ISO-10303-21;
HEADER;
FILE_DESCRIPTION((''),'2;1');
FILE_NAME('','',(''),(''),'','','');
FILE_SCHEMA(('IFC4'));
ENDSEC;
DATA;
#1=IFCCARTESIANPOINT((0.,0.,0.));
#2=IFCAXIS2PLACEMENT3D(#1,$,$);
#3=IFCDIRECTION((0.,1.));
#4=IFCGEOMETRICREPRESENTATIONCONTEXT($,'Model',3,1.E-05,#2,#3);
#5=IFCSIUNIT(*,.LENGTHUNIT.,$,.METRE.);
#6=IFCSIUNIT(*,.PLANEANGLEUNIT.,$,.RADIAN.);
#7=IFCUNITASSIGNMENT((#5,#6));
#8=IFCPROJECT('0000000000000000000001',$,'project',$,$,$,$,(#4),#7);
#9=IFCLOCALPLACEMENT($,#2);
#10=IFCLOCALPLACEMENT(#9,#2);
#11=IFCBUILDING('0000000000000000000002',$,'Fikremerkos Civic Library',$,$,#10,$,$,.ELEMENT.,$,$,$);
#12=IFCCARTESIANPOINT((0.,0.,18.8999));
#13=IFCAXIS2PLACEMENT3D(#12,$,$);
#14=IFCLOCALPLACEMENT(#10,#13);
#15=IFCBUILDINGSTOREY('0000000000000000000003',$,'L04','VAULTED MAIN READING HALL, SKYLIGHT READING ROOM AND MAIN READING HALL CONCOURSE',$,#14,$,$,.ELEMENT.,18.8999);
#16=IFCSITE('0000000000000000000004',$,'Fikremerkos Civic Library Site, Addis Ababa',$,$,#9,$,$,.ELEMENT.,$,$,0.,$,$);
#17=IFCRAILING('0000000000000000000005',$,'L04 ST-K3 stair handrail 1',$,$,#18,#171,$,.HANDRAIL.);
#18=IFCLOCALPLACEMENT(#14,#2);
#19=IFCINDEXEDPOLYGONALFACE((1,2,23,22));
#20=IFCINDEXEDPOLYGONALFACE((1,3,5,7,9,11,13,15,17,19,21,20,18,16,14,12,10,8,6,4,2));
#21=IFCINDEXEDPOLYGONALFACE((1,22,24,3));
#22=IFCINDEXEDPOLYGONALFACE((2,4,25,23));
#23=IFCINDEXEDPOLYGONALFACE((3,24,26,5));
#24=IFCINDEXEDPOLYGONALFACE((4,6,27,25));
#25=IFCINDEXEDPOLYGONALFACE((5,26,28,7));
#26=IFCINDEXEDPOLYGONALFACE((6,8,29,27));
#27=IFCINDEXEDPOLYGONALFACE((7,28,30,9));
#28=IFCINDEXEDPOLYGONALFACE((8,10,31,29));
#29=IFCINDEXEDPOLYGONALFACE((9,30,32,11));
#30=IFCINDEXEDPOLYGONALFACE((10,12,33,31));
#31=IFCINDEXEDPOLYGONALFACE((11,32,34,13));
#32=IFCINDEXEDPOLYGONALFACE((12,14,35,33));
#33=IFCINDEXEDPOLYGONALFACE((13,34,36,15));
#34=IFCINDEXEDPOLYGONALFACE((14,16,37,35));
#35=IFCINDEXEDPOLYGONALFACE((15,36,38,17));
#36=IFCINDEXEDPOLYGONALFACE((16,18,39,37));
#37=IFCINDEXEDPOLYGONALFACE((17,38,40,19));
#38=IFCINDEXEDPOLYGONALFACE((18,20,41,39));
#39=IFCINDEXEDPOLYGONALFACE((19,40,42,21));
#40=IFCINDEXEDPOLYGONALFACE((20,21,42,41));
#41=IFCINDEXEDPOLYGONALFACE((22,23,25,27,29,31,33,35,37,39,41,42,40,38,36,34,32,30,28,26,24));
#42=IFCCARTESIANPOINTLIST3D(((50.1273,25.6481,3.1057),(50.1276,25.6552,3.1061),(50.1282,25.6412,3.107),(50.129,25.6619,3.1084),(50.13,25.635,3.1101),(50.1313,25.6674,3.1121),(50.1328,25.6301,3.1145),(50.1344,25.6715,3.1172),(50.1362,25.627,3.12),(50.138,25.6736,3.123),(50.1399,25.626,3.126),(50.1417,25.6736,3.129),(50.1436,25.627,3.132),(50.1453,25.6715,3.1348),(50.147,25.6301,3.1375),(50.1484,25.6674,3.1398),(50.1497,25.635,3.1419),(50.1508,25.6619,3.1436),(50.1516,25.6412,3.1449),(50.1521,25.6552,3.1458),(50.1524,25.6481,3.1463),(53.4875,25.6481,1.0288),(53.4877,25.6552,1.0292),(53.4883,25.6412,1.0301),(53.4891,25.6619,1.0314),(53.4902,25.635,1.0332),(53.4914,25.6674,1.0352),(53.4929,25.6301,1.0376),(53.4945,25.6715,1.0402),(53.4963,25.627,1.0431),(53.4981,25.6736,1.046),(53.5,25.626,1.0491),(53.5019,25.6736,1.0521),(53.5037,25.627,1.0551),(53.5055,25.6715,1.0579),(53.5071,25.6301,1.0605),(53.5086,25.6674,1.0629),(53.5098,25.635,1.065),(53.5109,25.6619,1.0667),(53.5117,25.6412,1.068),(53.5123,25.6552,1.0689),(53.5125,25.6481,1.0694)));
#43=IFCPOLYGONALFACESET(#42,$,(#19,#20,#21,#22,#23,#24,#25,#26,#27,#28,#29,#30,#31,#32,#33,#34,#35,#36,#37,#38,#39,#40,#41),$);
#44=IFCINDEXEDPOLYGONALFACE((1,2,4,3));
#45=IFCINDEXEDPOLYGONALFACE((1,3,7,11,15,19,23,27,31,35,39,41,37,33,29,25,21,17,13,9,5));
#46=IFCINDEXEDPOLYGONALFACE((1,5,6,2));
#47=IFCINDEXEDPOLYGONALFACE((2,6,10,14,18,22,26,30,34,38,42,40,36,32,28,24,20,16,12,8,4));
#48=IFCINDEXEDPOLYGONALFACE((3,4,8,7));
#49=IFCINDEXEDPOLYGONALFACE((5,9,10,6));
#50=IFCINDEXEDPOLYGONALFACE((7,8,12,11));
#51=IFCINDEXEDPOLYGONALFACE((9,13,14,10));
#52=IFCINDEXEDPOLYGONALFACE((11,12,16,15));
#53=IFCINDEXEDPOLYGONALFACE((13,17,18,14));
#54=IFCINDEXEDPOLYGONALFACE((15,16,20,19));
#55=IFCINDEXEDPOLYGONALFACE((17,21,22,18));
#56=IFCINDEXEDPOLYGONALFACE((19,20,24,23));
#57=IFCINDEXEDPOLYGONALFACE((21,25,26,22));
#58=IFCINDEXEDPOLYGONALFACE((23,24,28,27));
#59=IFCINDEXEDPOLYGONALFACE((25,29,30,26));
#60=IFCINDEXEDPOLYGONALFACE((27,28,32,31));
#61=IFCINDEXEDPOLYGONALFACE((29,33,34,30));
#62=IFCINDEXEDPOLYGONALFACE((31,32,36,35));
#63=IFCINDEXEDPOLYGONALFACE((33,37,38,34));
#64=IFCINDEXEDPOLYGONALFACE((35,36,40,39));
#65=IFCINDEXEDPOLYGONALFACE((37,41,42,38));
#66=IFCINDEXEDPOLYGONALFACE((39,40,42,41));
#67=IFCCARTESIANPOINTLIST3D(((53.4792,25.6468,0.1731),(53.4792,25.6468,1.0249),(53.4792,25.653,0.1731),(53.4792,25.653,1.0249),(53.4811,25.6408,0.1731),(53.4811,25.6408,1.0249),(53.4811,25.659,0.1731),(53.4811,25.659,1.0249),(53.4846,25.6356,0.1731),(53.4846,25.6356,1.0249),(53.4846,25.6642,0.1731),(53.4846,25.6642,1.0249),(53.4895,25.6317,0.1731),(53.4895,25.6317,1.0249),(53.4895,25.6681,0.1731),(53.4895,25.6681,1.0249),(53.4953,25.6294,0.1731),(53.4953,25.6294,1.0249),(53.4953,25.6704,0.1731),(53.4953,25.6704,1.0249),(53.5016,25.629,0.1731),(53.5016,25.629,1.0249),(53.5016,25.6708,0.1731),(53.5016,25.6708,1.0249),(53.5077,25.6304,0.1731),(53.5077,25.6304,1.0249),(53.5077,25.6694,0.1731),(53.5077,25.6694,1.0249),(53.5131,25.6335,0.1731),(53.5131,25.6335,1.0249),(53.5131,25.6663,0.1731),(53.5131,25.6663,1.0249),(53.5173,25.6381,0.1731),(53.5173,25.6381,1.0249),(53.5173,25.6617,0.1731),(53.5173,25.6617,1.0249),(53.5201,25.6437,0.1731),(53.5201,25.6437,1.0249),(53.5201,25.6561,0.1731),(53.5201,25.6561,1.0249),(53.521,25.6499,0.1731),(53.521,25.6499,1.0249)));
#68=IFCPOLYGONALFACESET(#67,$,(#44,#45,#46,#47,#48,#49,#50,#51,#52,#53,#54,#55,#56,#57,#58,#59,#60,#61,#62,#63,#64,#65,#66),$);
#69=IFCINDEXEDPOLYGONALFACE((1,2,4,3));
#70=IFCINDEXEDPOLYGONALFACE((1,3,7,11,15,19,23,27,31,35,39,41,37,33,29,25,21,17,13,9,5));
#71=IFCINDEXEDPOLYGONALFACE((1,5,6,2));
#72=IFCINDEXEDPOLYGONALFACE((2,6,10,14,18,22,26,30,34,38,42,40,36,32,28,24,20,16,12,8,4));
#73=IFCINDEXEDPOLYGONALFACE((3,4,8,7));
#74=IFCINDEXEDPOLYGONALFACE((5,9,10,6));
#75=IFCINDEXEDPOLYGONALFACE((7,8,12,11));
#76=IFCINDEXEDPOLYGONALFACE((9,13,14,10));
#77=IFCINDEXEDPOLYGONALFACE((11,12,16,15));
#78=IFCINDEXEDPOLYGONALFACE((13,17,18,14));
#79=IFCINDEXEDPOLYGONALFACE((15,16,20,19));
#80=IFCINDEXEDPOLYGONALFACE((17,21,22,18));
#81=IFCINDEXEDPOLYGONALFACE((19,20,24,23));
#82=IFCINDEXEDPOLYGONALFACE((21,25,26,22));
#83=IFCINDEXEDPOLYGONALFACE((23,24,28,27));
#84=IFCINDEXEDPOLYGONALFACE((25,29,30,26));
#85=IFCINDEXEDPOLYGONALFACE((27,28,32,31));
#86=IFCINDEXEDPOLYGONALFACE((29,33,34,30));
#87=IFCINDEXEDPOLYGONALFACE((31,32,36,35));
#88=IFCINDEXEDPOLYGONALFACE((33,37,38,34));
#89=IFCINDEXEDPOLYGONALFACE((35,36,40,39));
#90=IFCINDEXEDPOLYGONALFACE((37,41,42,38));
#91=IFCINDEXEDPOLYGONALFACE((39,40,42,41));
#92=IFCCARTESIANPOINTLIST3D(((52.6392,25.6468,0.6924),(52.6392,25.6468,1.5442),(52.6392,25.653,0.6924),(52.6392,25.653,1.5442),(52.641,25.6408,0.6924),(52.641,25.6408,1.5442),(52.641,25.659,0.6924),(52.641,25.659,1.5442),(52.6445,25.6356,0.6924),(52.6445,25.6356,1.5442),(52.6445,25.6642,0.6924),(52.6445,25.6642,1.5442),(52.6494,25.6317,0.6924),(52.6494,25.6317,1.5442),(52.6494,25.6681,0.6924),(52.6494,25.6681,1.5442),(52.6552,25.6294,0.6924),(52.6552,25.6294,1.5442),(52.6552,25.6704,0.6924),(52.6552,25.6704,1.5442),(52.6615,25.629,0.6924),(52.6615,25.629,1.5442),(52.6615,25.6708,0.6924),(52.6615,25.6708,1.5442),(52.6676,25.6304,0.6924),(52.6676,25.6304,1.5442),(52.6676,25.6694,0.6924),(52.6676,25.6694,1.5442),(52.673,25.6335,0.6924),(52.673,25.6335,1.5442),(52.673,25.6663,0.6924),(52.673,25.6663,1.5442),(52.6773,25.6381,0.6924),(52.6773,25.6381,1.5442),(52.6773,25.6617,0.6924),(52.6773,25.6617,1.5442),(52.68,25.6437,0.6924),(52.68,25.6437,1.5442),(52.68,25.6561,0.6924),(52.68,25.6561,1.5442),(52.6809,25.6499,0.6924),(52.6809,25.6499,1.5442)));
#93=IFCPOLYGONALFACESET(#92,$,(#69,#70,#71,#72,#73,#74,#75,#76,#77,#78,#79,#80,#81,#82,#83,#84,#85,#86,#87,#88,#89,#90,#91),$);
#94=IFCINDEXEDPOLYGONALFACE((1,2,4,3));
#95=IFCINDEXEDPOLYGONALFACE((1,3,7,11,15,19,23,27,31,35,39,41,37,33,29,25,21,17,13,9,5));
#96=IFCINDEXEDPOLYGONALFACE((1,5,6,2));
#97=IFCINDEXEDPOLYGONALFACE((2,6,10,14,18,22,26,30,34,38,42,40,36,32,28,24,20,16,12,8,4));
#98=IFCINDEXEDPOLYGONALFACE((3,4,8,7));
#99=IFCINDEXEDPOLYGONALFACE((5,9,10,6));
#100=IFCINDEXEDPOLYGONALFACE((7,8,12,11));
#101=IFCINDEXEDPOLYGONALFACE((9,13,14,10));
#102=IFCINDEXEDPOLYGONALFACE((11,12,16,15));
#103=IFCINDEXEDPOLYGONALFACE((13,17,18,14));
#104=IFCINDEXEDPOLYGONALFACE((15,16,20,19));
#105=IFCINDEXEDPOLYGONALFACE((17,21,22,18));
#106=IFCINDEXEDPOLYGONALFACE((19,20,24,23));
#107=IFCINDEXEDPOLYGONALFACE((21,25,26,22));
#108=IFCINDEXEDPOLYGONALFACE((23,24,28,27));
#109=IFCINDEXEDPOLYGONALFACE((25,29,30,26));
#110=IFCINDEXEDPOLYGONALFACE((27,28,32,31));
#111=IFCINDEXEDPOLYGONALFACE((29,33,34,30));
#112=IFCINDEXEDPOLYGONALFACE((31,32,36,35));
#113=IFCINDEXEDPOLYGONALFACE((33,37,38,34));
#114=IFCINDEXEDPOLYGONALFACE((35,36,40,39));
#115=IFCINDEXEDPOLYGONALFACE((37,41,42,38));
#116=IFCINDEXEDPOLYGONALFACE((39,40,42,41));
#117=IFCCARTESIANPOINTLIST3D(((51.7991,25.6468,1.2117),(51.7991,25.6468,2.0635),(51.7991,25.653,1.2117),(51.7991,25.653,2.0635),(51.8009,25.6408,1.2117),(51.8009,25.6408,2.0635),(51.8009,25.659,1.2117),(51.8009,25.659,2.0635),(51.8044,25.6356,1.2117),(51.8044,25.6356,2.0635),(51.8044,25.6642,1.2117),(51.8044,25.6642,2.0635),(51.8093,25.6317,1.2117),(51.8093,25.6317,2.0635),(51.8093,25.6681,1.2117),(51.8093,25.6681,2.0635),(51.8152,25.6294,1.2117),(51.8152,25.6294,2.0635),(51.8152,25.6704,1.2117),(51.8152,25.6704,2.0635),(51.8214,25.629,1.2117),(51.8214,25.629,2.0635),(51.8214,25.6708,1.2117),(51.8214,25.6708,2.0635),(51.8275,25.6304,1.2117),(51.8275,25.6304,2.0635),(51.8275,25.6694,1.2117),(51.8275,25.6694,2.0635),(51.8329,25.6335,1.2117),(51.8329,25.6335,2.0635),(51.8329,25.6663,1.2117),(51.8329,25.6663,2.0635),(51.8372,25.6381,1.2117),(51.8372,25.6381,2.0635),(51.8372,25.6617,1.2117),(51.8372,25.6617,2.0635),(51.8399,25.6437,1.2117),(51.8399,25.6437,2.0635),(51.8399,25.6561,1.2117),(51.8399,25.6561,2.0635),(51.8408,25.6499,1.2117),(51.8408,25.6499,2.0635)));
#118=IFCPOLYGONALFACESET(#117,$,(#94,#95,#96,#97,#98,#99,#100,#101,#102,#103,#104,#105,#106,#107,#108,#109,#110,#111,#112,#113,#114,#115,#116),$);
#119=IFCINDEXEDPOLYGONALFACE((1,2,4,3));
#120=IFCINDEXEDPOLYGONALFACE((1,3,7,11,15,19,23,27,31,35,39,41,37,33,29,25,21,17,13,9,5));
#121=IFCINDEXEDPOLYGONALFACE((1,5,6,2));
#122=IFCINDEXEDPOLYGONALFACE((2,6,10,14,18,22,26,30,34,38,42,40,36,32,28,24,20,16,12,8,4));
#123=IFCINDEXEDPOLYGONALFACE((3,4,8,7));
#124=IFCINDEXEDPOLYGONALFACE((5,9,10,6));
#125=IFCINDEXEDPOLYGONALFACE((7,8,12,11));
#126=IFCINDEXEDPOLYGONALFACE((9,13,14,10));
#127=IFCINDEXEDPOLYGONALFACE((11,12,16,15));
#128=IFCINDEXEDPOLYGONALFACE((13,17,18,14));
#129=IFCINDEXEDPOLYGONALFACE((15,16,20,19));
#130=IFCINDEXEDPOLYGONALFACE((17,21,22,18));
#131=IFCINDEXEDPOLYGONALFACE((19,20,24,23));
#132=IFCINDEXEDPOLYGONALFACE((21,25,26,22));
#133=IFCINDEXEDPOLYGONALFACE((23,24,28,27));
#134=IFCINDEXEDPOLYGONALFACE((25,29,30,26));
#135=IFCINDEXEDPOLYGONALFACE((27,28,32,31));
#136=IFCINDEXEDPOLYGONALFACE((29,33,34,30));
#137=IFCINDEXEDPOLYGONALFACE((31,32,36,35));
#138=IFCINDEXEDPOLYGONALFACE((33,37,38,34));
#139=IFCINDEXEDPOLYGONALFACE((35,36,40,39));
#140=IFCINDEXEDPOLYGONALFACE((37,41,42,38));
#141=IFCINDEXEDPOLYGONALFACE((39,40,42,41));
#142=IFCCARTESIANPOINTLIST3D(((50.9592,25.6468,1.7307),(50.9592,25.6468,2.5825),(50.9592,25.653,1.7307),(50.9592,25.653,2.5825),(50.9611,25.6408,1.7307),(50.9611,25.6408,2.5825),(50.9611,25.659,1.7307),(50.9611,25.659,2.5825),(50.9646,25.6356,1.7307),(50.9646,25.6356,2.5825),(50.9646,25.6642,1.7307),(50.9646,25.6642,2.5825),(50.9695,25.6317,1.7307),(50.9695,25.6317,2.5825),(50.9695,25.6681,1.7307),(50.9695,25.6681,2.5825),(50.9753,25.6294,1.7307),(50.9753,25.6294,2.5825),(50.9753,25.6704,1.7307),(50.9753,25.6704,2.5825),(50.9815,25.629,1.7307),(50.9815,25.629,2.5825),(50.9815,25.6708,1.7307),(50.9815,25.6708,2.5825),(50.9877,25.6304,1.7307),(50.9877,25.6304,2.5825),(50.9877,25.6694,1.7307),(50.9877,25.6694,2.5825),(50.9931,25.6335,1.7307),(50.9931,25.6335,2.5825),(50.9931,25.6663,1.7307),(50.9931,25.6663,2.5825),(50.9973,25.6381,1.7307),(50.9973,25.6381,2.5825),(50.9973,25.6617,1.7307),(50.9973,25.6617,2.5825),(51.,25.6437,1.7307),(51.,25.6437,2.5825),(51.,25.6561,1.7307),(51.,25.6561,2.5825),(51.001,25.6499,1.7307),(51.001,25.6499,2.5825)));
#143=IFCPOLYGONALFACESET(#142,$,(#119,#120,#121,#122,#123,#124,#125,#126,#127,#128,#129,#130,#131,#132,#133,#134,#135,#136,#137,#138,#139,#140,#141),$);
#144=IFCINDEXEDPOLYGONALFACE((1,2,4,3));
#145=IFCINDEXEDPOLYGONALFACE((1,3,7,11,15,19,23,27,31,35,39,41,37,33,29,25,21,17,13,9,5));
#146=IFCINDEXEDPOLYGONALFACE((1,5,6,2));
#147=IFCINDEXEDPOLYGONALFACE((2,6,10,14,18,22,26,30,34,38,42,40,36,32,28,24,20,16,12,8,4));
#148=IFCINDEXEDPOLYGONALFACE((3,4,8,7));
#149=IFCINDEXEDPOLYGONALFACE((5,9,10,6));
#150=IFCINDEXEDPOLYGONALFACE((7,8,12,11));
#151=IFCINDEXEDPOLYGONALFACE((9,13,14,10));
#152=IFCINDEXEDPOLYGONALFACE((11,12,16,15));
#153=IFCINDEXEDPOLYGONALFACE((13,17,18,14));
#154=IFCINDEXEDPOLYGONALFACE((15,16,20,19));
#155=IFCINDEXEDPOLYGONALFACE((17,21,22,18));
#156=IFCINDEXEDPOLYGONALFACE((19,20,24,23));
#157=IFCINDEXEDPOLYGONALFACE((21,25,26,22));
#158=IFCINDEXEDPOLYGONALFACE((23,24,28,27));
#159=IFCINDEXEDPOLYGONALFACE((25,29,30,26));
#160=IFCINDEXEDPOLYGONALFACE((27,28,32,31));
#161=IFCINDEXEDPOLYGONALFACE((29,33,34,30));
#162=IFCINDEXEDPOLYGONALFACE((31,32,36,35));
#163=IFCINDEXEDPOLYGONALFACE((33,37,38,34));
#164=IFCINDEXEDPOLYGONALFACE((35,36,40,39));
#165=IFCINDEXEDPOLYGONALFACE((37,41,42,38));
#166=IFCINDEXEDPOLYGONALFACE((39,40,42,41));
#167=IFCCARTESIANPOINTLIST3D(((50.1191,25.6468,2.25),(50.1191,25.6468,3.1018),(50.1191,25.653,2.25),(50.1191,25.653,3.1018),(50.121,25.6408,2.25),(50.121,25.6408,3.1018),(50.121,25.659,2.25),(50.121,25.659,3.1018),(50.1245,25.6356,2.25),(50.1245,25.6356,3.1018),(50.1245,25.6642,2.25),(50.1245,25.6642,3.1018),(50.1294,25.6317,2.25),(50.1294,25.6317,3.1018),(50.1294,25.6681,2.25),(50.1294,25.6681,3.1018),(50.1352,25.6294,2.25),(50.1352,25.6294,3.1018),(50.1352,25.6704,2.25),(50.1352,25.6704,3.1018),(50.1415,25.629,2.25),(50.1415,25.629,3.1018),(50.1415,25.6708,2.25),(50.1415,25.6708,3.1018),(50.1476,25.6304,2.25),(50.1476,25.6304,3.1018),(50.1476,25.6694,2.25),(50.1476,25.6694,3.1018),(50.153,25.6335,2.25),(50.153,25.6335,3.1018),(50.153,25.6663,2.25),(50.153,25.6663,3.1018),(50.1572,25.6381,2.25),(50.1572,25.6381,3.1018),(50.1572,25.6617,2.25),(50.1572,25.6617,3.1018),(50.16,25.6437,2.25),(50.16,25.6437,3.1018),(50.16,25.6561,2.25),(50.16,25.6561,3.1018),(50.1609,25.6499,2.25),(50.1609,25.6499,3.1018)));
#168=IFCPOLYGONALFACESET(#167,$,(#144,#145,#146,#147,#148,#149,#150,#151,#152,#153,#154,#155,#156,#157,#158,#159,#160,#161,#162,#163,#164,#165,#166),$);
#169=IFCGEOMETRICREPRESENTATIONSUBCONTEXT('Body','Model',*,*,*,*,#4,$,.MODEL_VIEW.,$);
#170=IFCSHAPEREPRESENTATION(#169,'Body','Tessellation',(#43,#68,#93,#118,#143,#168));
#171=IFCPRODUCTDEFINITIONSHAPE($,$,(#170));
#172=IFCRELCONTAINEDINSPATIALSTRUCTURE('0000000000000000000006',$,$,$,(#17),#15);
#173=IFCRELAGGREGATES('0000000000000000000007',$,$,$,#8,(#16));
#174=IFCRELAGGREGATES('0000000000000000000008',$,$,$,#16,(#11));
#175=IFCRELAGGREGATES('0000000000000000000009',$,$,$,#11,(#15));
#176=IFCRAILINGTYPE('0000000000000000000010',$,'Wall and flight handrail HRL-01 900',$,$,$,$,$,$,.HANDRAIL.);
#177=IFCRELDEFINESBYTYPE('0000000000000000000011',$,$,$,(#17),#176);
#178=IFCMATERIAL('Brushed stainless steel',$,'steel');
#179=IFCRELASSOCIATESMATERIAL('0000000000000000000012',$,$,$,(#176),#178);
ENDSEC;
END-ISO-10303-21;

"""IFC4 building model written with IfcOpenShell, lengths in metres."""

from ifc_helpers import new_model, si_unit, direction, frame, origin, origin_2d, place, context, subcontext, project, spatial, circle, extrude, material, type_object, element, save


model = new_model("IFC4")

# Units and contexts
model_context = context("Model", 3, precision=1e-05, world=origin(), true_north=direction((0.0, 1.0)))
body_context = subcontext(model_context, "Body", "Model", "MODEL_VIEW")
ifc_project = project(units=[si_unit("LENGTHUNIT", "METRE"), si_unit("PLANEANGLEUNIT", "RADIAN")], contexts=[model_context])

# Site, building, storey
site_placement = place(None, origin())
site = spatial("IfcSite", under=ifc_project, at=site_placement, Name="Fikremerkos Civic Library Site, Addis Ababa", CompositionType="ELEMENT", RefElevation=0.0)
building_placement = place(site_placement, origin())
building = spatial("IfcBuilding", under=site, at=building_placement, Name="Fikremerkos Civic Library", CompositionType="ELEMENT")
storey_placement = place(building_placement, frame((0.0, 0.0, 18.8999)))
storey = spatial("IfcBuildingStorey", under=building, at=storey_placement, Name="L04", Description="VAULTED MAIN READING HALL, SKYLIGHT READING ROOM AND MAIN READING HALL CONCOURSE", CompositionType="ELEMENT", Elevation=18.8999)

# Shared definitions
ifc_material_1 = material(Name="Brushed stainless steel", Category="steel")

# Railing
railing_type_1 = type_object("IfcRailingType", Name="Wall and flight handrail HRL-01 900", PredefinedType="HANDRAIL", material=ifc_material_1)
railing_1_placement = place(storey_placement, frame((53.5, 25.6499, 0.1731)))
element("IfcRailing", 1, at=railing_1_placement, inside=storey, type_object=railing_type_1, Name="L04 ST-K3 stair handrail 1", PredefinedType="HANDRAIL", context=body_context, shape_type="SweptSolid", body=[
    extrude(circle(Radius=0.0239, at=origin_2d()), frame((0.0, 0.0, 0.876), z_axis=(-0.850623, 0.0, 0.525776), x_axis=(0.0, -1.0, 0.0)), (0.0, 0.0, 1.0), 3.9502),
    extrude(circle(Radius=0.021, at=origin_2d()), origin(), (0.0, 0.0, 1.0), 0.8518),
    extrude(circle(Radius=0.021, at=origin_2d()), frame((-0.8401, 0.0, 0.5193)), (0.0, 0.0, 1.0), 0.8518),
    extrude(circle(Radius=0.021, at=origin_2d()), frame((-1.6802, 0.0, 1.0386)), (0.0, 0.0, 1.0), 0.8518),
    extrude(circle(Radius=0.021, at=origin_2d()), frame((-2.52, 0.0, 1.5576)), (0.0, 0.0, 1.0), 0.8518),
    extrude(circle(Radius=0.021, at=origin_2d()), frame((-3.3601, 0.0, 2.0769)), (0.0, 0.0, 1.0), 0.8518),
])

save(model, "model.ifc")
